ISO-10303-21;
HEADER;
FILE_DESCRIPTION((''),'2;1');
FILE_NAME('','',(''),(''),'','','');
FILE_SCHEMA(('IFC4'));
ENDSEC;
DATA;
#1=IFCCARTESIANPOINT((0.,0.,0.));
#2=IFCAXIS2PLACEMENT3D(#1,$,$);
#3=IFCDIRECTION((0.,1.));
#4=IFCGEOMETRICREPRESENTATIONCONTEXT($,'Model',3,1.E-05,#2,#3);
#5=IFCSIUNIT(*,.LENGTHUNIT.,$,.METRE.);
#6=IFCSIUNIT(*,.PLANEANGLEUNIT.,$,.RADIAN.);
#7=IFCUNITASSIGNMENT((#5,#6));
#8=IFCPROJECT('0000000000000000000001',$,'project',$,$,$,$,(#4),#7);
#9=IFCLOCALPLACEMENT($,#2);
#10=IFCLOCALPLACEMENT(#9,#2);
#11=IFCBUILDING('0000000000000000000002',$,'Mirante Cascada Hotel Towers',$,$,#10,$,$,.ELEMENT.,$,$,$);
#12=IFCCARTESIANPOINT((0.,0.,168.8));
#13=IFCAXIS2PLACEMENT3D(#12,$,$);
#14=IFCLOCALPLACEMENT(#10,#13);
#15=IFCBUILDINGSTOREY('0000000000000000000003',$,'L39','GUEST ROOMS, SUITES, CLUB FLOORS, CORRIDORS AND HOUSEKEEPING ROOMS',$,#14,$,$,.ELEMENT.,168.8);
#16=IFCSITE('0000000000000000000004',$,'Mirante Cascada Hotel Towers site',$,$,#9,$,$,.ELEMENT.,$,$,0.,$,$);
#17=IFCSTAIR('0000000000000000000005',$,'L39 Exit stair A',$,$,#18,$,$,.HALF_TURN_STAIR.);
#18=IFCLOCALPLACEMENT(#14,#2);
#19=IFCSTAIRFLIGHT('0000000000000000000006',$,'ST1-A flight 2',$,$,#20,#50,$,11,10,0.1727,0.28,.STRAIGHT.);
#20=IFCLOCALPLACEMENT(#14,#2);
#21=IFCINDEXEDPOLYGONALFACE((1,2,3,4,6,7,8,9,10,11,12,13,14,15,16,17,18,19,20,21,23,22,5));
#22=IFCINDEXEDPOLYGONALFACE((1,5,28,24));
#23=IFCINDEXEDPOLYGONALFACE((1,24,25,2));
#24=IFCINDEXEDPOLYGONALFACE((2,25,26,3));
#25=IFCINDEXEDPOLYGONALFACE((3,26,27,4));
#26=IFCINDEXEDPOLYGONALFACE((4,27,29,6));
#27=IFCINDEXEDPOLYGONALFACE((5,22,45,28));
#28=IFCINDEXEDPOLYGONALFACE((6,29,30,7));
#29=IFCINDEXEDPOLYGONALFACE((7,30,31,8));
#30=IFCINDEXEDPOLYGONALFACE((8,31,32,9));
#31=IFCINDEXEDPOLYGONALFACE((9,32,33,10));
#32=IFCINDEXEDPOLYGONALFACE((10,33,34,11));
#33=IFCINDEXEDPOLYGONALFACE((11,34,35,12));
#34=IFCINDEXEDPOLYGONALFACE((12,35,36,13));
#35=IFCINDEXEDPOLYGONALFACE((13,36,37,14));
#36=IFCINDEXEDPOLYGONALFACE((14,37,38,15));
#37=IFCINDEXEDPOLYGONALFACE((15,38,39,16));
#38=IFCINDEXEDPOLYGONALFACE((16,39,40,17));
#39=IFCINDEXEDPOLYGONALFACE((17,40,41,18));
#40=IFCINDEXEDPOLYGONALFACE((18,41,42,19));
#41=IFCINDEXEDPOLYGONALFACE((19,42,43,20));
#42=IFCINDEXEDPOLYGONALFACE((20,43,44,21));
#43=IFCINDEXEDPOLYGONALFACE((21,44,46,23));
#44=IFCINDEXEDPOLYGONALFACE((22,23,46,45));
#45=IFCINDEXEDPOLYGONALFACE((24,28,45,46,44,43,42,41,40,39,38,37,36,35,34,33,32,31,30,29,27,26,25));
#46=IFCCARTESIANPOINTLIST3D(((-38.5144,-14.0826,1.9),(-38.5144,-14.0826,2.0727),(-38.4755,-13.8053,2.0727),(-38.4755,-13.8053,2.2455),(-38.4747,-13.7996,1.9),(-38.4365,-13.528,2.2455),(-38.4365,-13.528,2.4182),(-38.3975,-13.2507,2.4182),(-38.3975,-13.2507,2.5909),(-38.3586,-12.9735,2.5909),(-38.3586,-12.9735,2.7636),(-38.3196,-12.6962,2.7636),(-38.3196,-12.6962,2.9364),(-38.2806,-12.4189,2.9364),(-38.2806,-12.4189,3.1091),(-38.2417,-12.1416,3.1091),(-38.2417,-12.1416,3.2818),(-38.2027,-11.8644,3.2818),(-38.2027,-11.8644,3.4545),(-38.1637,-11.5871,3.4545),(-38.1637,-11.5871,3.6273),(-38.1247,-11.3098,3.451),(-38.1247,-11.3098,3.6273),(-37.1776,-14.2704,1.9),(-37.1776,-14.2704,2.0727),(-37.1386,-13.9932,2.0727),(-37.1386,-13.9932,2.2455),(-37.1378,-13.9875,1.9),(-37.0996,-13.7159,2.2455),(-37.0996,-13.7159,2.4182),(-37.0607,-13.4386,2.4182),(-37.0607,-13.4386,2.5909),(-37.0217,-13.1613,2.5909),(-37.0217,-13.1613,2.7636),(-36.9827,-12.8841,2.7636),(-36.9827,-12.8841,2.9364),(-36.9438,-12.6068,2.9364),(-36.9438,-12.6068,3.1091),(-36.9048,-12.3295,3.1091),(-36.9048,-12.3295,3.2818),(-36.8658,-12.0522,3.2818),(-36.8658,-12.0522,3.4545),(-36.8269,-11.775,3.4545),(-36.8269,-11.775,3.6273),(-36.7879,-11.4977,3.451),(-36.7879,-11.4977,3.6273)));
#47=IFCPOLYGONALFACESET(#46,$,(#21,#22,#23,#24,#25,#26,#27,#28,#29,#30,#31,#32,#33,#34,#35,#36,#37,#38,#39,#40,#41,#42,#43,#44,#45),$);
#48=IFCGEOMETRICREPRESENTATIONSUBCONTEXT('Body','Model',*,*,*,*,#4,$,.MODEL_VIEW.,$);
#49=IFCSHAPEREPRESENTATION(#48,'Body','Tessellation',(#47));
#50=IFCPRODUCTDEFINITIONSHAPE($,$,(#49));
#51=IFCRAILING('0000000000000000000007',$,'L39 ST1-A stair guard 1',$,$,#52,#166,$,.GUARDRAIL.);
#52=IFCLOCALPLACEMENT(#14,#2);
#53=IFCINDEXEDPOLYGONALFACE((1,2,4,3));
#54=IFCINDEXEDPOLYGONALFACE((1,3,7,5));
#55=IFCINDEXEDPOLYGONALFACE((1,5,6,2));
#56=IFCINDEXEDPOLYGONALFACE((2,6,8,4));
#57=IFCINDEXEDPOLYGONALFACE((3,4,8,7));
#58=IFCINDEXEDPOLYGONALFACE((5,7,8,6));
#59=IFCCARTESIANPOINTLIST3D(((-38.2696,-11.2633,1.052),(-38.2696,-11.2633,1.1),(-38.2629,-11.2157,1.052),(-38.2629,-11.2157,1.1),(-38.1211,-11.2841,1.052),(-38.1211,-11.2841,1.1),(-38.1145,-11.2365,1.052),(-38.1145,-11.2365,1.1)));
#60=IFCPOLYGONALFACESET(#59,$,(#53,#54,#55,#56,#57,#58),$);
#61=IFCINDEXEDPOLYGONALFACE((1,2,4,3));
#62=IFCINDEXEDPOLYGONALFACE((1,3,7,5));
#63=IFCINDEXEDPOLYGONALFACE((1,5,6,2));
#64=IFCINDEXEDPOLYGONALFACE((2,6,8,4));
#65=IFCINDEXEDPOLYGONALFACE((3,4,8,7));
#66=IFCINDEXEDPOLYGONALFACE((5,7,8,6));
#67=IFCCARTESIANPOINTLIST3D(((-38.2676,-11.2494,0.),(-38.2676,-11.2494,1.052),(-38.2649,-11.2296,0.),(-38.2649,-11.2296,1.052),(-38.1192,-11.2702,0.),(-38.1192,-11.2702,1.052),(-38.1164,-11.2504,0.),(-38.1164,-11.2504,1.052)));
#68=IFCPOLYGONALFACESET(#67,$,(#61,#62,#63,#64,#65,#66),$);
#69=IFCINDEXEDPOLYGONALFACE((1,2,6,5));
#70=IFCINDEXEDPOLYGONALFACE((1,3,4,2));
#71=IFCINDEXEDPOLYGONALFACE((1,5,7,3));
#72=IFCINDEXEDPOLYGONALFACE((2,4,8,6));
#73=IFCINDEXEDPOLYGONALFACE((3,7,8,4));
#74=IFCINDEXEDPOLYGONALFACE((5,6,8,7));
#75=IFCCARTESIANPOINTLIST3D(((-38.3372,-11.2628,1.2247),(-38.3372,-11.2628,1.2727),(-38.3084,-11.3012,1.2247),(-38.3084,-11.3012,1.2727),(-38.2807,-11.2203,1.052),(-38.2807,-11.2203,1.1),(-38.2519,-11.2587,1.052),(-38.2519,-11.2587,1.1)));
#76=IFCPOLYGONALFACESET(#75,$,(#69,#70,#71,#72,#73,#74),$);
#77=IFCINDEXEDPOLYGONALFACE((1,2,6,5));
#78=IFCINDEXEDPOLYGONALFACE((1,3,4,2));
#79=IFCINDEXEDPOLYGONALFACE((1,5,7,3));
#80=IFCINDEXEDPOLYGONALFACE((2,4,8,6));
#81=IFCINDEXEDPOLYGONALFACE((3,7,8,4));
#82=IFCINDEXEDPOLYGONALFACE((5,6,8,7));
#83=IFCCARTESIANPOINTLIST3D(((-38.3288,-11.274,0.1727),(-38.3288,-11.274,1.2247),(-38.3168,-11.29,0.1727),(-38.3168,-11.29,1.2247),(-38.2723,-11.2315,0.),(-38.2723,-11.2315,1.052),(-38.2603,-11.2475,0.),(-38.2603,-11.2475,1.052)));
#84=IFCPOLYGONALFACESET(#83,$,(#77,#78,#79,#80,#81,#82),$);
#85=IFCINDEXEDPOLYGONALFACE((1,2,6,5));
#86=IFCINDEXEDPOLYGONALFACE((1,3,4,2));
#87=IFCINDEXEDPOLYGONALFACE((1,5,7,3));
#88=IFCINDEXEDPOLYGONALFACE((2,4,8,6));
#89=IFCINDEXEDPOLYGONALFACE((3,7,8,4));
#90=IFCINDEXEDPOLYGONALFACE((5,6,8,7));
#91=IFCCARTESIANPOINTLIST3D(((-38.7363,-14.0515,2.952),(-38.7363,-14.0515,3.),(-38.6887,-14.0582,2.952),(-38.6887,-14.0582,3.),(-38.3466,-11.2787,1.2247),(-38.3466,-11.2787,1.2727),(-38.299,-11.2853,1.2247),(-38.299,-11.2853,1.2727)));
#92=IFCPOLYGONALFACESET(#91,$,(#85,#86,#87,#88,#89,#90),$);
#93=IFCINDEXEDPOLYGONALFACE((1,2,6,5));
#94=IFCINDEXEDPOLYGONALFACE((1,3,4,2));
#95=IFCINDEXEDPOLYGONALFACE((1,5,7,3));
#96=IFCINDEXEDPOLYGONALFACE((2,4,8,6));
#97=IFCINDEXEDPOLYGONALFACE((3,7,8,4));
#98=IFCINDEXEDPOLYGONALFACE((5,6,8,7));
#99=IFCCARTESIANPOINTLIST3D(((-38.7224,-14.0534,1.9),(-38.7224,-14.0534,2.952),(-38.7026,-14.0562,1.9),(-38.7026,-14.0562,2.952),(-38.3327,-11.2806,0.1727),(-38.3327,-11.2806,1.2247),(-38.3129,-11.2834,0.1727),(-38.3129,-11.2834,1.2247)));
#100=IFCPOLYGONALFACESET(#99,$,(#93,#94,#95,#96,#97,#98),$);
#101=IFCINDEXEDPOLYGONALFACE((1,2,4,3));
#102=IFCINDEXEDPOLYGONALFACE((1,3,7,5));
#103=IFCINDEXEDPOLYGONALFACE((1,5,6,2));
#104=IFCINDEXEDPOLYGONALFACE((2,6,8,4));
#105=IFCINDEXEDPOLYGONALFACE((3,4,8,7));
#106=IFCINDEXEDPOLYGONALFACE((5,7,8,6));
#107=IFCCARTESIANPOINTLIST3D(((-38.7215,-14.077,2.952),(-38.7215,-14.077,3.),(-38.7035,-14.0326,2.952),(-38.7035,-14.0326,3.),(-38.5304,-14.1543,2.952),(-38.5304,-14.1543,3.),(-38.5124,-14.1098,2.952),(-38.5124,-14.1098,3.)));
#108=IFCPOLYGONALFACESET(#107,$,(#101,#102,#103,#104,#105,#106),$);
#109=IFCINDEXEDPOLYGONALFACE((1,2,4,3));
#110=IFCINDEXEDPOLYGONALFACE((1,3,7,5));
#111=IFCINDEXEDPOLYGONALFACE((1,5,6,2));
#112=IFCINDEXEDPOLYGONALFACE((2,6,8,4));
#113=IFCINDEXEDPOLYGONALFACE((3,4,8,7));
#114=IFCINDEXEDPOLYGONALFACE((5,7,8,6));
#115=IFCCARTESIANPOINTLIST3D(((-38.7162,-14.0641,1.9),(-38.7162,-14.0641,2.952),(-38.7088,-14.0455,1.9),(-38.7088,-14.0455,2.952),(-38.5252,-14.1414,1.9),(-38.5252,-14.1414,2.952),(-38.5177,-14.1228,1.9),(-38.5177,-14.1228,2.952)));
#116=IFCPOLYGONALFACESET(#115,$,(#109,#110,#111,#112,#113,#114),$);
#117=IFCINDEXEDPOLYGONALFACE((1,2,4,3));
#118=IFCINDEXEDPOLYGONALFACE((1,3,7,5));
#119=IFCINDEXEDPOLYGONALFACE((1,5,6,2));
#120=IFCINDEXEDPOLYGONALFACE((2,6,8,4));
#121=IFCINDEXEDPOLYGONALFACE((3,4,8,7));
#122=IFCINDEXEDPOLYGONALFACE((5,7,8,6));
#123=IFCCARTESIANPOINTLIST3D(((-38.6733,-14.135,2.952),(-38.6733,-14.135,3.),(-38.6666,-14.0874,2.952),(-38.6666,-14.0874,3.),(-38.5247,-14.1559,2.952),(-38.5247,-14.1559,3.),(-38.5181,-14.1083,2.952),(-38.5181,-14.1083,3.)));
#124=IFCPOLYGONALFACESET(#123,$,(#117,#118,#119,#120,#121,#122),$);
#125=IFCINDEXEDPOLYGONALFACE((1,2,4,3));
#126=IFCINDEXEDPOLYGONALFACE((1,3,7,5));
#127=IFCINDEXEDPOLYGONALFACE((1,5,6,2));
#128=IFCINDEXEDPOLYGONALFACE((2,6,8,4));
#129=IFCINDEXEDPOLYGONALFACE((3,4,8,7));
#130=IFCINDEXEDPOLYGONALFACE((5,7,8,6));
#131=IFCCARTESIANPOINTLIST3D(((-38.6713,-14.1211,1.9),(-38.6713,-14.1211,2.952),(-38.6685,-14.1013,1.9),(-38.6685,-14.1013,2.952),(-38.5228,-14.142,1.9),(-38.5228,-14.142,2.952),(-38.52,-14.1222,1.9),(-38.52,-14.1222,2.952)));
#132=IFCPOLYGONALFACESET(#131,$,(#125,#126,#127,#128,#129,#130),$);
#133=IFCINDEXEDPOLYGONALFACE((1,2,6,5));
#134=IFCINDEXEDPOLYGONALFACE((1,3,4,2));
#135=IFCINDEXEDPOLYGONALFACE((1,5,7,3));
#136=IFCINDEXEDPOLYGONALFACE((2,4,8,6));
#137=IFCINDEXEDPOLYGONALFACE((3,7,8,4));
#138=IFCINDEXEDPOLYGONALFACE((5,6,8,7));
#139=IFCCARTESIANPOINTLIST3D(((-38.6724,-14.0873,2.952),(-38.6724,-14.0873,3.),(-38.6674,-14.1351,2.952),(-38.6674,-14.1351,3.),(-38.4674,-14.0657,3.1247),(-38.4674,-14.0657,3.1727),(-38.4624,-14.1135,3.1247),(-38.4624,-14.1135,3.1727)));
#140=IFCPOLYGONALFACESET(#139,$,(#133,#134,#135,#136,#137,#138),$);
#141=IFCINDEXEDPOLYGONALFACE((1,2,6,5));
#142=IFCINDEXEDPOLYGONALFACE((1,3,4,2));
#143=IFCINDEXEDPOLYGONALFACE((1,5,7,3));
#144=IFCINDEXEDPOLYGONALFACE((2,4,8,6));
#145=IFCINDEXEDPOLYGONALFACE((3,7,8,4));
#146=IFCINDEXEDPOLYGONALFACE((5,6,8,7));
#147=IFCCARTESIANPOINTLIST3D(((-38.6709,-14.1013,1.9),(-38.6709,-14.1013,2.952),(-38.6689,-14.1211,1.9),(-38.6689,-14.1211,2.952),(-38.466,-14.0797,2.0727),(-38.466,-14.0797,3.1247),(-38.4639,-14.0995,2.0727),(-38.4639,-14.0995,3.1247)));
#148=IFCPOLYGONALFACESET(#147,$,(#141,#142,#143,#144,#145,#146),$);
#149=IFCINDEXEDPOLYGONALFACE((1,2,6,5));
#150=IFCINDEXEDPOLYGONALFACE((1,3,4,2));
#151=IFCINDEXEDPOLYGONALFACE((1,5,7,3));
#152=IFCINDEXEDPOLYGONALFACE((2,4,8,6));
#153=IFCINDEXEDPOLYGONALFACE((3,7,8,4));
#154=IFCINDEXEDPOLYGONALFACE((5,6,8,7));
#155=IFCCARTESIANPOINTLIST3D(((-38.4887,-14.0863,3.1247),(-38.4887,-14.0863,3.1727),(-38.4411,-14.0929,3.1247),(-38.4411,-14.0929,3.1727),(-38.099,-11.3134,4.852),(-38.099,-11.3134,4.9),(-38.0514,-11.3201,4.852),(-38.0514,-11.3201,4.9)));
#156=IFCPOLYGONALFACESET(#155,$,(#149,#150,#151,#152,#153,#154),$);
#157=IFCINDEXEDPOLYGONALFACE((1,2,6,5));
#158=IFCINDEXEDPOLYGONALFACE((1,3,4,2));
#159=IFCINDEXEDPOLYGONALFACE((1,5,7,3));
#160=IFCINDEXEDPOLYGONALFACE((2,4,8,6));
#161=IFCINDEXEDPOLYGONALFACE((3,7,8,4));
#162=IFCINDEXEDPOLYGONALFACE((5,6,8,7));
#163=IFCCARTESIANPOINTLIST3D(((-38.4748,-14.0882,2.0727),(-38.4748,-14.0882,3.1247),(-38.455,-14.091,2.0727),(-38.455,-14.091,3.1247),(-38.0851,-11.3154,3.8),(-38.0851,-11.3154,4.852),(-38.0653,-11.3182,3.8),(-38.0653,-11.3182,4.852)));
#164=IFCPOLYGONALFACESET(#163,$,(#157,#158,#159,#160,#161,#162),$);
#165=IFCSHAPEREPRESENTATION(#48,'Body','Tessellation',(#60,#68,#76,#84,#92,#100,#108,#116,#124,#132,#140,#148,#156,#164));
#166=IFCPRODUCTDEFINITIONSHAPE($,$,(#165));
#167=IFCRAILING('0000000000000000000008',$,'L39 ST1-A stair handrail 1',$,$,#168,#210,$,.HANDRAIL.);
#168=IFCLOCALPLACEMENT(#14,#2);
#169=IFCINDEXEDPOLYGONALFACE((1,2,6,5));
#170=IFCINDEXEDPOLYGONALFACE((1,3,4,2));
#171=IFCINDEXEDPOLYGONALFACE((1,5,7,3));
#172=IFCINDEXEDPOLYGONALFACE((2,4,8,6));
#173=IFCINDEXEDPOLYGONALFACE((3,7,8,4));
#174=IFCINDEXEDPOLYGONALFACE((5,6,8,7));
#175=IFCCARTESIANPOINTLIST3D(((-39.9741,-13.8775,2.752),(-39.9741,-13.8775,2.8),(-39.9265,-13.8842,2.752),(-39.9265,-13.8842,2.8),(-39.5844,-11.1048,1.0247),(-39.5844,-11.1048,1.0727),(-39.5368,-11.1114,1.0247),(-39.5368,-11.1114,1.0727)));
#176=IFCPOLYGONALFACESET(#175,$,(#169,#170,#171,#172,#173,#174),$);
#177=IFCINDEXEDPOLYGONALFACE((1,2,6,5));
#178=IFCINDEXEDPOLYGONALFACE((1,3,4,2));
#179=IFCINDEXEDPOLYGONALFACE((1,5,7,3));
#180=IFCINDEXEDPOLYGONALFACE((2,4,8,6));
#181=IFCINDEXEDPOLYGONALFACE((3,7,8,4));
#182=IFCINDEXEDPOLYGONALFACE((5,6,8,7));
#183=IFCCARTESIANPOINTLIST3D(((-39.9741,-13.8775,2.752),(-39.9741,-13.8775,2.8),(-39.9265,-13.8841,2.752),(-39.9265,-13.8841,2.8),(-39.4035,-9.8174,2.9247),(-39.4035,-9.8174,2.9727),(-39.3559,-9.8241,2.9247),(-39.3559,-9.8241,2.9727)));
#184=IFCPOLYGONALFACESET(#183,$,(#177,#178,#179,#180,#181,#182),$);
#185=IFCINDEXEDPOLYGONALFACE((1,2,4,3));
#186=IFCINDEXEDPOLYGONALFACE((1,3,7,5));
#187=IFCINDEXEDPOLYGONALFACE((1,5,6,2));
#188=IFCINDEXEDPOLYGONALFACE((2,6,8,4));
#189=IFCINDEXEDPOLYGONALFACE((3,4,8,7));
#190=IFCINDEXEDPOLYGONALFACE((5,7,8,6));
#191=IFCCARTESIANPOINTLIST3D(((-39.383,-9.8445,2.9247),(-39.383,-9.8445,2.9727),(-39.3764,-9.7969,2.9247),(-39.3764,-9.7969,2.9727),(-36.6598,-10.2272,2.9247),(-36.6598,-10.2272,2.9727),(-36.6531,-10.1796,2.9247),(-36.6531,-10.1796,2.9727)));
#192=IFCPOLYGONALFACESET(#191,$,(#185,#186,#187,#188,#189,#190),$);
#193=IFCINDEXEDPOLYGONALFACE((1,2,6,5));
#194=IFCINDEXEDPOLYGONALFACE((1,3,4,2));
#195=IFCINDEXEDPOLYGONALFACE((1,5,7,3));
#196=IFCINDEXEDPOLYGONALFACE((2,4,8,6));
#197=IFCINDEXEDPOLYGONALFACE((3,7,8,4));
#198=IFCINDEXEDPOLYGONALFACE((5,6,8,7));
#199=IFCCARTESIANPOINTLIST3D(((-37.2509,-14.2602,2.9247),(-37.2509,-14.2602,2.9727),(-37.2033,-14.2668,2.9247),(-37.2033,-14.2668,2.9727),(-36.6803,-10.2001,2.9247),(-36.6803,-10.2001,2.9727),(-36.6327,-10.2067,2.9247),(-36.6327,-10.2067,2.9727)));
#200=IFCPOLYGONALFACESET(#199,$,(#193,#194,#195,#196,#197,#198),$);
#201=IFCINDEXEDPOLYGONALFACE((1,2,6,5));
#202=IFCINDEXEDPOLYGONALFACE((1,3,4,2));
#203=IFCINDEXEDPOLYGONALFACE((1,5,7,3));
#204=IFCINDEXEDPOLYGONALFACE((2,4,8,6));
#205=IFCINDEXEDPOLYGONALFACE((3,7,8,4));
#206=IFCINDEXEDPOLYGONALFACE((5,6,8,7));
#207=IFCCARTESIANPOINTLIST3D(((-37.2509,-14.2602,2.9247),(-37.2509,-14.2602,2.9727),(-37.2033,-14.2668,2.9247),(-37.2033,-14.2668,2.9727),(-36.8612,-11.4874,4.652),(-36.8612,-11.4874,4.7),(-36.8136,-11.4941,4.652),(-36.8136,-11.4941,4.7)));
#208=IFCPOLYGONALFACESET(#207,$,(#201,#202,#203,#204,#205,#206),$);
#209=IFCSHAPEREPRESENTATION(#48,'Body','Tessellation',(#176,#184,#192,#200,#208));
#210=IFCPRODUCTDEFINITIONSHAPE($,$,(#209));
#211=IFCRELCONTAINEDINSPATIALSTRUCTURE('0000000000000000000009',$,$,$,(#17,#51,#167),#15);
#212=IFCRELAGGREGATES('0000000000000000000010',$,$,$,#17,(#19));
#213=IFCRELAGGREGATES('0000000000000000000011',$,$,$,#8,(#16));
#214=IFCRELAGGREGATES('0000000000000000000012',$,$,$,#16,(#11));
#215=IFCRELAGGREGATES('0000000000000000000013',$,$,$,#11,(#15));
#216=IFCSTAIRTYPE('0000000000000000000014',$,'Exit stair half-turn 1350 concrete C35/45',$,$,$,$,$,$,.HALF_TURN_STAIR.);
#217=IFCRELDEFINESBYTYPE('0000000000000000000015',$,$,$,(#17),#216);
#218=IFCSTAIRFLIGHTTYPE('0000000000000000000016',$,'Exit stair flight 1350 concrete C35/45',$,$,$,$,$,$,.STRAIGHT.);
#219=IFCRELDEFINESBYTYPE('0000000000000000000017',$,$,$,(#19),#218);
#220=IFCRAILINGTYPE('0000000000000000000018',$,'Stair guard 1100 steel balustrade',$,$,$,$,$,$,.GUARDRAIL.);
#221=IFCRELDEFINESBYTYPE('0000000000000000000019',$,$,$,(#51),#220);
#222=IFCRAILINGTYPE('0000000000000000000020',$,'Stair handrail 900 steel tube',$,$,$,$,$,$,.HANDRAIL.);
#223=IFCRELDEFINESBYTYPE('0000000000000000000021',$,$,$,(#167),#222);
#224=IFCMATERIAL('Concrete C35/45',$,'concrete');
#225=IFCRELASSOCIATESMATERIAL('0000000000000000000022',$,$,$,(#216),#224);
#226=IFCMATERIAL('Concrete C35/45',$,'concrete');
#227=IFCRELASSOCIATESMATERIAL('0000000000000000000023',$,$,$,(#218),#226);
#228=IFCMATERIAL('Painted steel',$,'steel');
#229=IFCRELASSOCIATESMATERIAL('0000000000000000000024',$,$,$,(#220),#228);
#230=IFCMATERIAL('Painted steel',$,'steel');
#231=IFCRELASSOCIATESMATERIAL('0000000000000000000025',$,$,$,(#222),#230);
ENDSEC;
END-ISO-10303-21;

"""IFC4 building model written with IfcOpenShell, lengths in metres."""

from ifc_helpers import new_model, si_unit, direction, frame, origin, origin_2d, place, context, subcontext, project, spatial, polyline, rectangle, outline, extrude, material, type_object, element, aggregate, save


model = new_model("IFC4")

# Units and contexts
model_context = context("Model", 3, precision=1e-05, world=origin(), true_north=direction((0.0, 1.0)))
body_context = subcontext(model_context, "Body", "Model", "MODEL_VIEW")
ifc_project = project(units=[si_unit("LENGTHUNIT", "METRE"), si_unit("PLANEANGLEUNIT", "RADIAN")], contexts=[model_context])

# Site, building, storey
site_placement = place(None, origin())
site = spatial("IfcSite", under=ifc_project, at=site_placement, Name="Mirante Cascada Hotel Towers site", CompositionType="ELEMENT", RefElevation=0.0)
building_placement = place(site_placement, origin())
building = spatial("IfcBuilding", under=site, at=building_placement, Name="Mirante Cascada Hotel Towers", CompositionType="ELEMENT")
storey_placement = place(building_placement, frame((0.0, 0.0, 168.8)))
storey = spatial("IfcBuildingStorey", under=building, at=storey_placement, Name="L39", Description="GUEST ROOMS, SUITES, CLUB FLOORS, CORRIDORS AND HOUSEKEEPING ROOMS", CompositionType="ELEMENT", Elevation=168.8)

# Stair, stair flight
ifc_material_1 = material(Name="Concrete C35/45", Category="concrete")
stair_type = type_object("IfcStairType", Name="Exit stair half-turn 1350 concrete C35/45", PredefinedType="HALF_TURN_STAIR", material=ifc_material_1)
stair_placement = place(storey_placement, origin())
stair = element("IfcStair", 1, at=stair_placement, inside=storey, type_object=stair_type, Name="L39 Exit stair A", PredefinedType="HALF_TURN_STAIR")
ifc_material_2 = material(Name="Concrete C35/45", Category="concrete")
stair_flight_type = type_object("IfcStairFlightType", Name="Exit stair flight 1350 concrete C35/45", PredefinedType="STRAIGHT", material=ifc_material_2)
stair_flight_1_placement = place(storey_placement, frame((-37.846, -14.1765, 1.9), z_axis=(0.0, 0.0, 1.0), x_axis=(0.139173, 0.990268, 0.0)))
stair_flight_1 = element("IfcStairFlight", 2, at=stair_flight_1_placement, type_object=stair_flight_type, Name="ST1-A flight 2", NumberOfRisers=11, NumberOfTreads=10, PredefinedType="STRAIGHT", RiserHeight=0.1727, TreadLength=0.28, context=body_context, shape_type="SweptSolid", body=[
    extrude(outline(polyline([(0.0, 0.0), (0.0, 0.1727), (0.28, 0.1727), (0.28, 0.3455), (0.56, 0.3455), (0.56, 0.5182), (0.84, 0.5182), (0.84, 0.6909), (1.12, 0.6909), (1.12, 0.8636), (1.4, 0.8636), (1.4, 1.0364), (1.68, 1.0364), (1.68, 1.2091), (1.96, 1.2091), (1.96, 1.3818), (2.24, 1.3818), (2.24, 1.5545), (2.52, 1.5545), (2.52, 1.7273), (2.8, 1.7273), (2.8, 1.9), (2.8, 1.551), (0.2857, 0.0), (0.0, 0.0)])), frame((0.0, 0.675, 0.0), z_axis=(0.0, -1.0, 0.0), x_axis=(1.0, 0.0, 0.0)), (0.0, 0.0, 1.0), 1.35),
])
aggregate(stair, [stair_flight_1])

# Railings
ifc_material_3 = material(Name="Painted steel", Category="steel")
railing_type_1 = type_object("IfcRailingType", Name="Stair guard 1100 steel balustrade", PredefinedType="GUARDRAIL", material=ifc_material_3)
railing_1_placement = place(storey_placement, frame((-38.1178, -11.2603, 0.0)))
element("IfcRailing", 3, at=railing_1_placement, inside=storey, type_object=railing_type_1, Name="L39 ST1-A stair guard 1", PredefinedType="GUARDRAIL", context=body_context, shape_type="SweptSolid", body=[
    extrude(rectangle(XDim=0.048, YDim=0.048, at=origin_2d()), frame((0.0, 0.0, 1.076), z_axis=(-0.990333, 0.138713, 0.0), x_axis=(-0.138713, -0.990333, 0.0)), (0.0, 0.0, 1.0), 0.1499),
    extrude(rectangle(XDim=0.02, YDim=1.052, at=origin_2d()), frame((0.0, 0.0, 0.526), z_axis=(-0.990333, 0.138713, 0.0), x_axis=(-0.138713, -0.990333, 0.0)), (0.0, 0.0, 1.0), 0.1499),
    extrude(rectangle(XDim=0.048, YDim=0.048, at=origin_2d()), frame((-0.1485, 0.0208, 1.076), z_axis=(-0.79915, -0.601131, 0.0), x_axis=(0.601131, -0.79915, 0.0)), (0.0, 0.925453, 0.378863), 0.1866),
    extrude(rectangle(XDim=0.02, YDim=1.052, at=origin_2d()), frame((-0.1485, 0.0208, 0.526), z_axis=(-0.79915, -0.601131, 0.0), x_axis=(0.601131, -0.79915, 0.0)), (0.0, 0.925453, 0.378863), 0.1866),
    extrude(rectangle(XDim=0.048, YDim=0.048, at=origin_2d()), frame((-0.205, -0.0217, 1.2487), z_axis=(-0.139176, -0.990268, 0.0), x_axis=(0.990268, -0.139176, 0.0)), (0.0, 0.525021, 0.851089), 3.29),
    extrude(rectangle(XDim=0.02, YDim=1.052, at=origin_2d()), frame((-0.205, -0.0217, 0.6987), z_axis=(-0.139176, -0.990268, 0.0), x_axis=(0.990268, -0.139176, 0.0)), (0.0, 0.525021, 0.851089), 3.29),
    extrude(rectangle(XDim=0.048, YDim=0.048, at=origin_2d()), frame((-0.5947, -2.7945, 2.976), z_axis=(0.927031, -0.374984, 0.0), x_axis=(0.374984, 0.927031, 0.0)), (0.0, 0.0, 1.0), 0.2061),
    extrude(rectangle(XDim=0.02, YDim=1.052, at=origin_2d()), frame((-0.5947, -2.7945, 2.426), z_axis=(0.927031, -0.374984, 0.0), x_axis=(0.374984, 0.927031, 0.0)), (0.0, 0.0, 1.0), 0.2061),
    extrude(rectangle(XDim=0.048, YDim=0.048, at=origin_2d()), frame((-0.4036, -2.8718, 2.976), z_axis=(-0.990241, 0.139367, 0.0), x_axis=(-0.139367, -0.990241, 0.0)), (0.0, 0.0, 1.0), 0.15),
    extrude(rectangle(XDim=0.02, YDim=1.052, at=origin_2d()), frame((-0.4036, -2.8718, 2.426), z_axis=(-0.990241, 0.139367, 0.0), x_axis=(-0.139367, -0.990241, 0.0)), (0.0, 0.0, 1.0), 0.15),
    extrude(rectangle(XDim=0.048, YDim=0.048, at=origin_2d()), frame((-0.5521, -2.8509, 2.976), z_axis=(0.994495, 0.104786, 0.0), x_axis=(-0.104786, 0.994495, 0.0)), (0.0, 0.642203, 0.766534), 0.2689),
    extrude(rectangle(XDim=0.02, YDim=1.052, at=origin_2d()), frame((-0.5521, -2.8509, 2.426), z_axis=(0.994495, 0.104786, 0.0), x_axis=(-0.104786, 0.994495, 0.0)), (0.0, 0.642203, 0.766534), 0.2689),
    extrude(rectangle(XDim=0.048, YDim=0.048, at=origin_2d()), frame((-0.3471, -2.8293, 3.1487), z_axis=(0.139176, 0.990268, 0.0), x_axis=(-0.990268, 0.139176, 0.0)), (0.0, 0.525021, 0.851089), 3.29),
    extrude(rectangle(XDim=0.02, YDim=1.052, at=origin_2d()), frame((-0.3471, -2.8293, 2.5987), z_axis=(0.139176, 0.990268, 0.0), x_axis=(-0.990268, 0.139176, 0.0)), (0.0, 0.525021, 0.851089), 3.29),
])
ifc_material_4 = material(Name="Painted steel", Category="steel")
railing_type_2 = type_object("IfcRailingType", Name="Stair handrail 900 steel tube", PredefinedType="HANDRAIL", material=ifc_material_4)
railing_2_placement = place(storey_placement, frame((-39.5606, -11.1081, 0.1727)))
element("IfcRailing", 4, at=railing_2_placement, inside=storey, type_object=railing_type_2, Name="L39 ST1-A stair handrail 1", PredefinedType="HANDRAIL", context=body_context, shape_type="SweptSolid", body=[
    extrude(rectangle(XDim=0.048, YDim=0.048, at=origin_2d()), frame((0.0, 0.0, 0.876), z_axis=(-0.139181, -0.990267, 0.0), x_axis=(0.990267, -0.139181, 0.0)), (0.0, 0.525035, 0.851081), 3.2899),
    extrude(rectangle(XDim=0.048, YDim=0.048, at=origin_2d()), frame((-0.3897, -2.7727, 2.6033), z_axis=(0.139171, 0.990268, 0.0), x_axis=(-0.990268, 0.139171, 0.0)), (0.0, 0.042085, 0.999114), 4.1036),
    extrude(rectangle(XDim=0.048, YDim=0.048, at=origin_2d()), frame((0.1809, 1.2874, 2.776), z_axis=(0.990269, -0.139166, 0.0), x_axis=(0.139166, 0.990269, 0.0)), (0.0, 0.0, 1.0), 2.75),
    extrude(rectangle(XDim=0.048, YDim=0.048, at=origin_2d()), frame((2.9041, 0.9047, 2.776), z_axis=(-0.139171, -0.990268, 0.0), x_axis=(0.990268, -0.139171, 0.0)), (0.0, 0.0, 1.0), 4.1),
    extrude(rectangle(XDim=0.048, YDim=0.048, at=origin_2d()), frame((2.3335, -3.1554, 2.776), z_axis=(0.139181, 0.990267, 0.0), x_axis=(-0.990267, 0.139181, 0.0)), (0.0, 0.525035, 0.851081), 3.2899),
])

save(model, "model.ifc")
